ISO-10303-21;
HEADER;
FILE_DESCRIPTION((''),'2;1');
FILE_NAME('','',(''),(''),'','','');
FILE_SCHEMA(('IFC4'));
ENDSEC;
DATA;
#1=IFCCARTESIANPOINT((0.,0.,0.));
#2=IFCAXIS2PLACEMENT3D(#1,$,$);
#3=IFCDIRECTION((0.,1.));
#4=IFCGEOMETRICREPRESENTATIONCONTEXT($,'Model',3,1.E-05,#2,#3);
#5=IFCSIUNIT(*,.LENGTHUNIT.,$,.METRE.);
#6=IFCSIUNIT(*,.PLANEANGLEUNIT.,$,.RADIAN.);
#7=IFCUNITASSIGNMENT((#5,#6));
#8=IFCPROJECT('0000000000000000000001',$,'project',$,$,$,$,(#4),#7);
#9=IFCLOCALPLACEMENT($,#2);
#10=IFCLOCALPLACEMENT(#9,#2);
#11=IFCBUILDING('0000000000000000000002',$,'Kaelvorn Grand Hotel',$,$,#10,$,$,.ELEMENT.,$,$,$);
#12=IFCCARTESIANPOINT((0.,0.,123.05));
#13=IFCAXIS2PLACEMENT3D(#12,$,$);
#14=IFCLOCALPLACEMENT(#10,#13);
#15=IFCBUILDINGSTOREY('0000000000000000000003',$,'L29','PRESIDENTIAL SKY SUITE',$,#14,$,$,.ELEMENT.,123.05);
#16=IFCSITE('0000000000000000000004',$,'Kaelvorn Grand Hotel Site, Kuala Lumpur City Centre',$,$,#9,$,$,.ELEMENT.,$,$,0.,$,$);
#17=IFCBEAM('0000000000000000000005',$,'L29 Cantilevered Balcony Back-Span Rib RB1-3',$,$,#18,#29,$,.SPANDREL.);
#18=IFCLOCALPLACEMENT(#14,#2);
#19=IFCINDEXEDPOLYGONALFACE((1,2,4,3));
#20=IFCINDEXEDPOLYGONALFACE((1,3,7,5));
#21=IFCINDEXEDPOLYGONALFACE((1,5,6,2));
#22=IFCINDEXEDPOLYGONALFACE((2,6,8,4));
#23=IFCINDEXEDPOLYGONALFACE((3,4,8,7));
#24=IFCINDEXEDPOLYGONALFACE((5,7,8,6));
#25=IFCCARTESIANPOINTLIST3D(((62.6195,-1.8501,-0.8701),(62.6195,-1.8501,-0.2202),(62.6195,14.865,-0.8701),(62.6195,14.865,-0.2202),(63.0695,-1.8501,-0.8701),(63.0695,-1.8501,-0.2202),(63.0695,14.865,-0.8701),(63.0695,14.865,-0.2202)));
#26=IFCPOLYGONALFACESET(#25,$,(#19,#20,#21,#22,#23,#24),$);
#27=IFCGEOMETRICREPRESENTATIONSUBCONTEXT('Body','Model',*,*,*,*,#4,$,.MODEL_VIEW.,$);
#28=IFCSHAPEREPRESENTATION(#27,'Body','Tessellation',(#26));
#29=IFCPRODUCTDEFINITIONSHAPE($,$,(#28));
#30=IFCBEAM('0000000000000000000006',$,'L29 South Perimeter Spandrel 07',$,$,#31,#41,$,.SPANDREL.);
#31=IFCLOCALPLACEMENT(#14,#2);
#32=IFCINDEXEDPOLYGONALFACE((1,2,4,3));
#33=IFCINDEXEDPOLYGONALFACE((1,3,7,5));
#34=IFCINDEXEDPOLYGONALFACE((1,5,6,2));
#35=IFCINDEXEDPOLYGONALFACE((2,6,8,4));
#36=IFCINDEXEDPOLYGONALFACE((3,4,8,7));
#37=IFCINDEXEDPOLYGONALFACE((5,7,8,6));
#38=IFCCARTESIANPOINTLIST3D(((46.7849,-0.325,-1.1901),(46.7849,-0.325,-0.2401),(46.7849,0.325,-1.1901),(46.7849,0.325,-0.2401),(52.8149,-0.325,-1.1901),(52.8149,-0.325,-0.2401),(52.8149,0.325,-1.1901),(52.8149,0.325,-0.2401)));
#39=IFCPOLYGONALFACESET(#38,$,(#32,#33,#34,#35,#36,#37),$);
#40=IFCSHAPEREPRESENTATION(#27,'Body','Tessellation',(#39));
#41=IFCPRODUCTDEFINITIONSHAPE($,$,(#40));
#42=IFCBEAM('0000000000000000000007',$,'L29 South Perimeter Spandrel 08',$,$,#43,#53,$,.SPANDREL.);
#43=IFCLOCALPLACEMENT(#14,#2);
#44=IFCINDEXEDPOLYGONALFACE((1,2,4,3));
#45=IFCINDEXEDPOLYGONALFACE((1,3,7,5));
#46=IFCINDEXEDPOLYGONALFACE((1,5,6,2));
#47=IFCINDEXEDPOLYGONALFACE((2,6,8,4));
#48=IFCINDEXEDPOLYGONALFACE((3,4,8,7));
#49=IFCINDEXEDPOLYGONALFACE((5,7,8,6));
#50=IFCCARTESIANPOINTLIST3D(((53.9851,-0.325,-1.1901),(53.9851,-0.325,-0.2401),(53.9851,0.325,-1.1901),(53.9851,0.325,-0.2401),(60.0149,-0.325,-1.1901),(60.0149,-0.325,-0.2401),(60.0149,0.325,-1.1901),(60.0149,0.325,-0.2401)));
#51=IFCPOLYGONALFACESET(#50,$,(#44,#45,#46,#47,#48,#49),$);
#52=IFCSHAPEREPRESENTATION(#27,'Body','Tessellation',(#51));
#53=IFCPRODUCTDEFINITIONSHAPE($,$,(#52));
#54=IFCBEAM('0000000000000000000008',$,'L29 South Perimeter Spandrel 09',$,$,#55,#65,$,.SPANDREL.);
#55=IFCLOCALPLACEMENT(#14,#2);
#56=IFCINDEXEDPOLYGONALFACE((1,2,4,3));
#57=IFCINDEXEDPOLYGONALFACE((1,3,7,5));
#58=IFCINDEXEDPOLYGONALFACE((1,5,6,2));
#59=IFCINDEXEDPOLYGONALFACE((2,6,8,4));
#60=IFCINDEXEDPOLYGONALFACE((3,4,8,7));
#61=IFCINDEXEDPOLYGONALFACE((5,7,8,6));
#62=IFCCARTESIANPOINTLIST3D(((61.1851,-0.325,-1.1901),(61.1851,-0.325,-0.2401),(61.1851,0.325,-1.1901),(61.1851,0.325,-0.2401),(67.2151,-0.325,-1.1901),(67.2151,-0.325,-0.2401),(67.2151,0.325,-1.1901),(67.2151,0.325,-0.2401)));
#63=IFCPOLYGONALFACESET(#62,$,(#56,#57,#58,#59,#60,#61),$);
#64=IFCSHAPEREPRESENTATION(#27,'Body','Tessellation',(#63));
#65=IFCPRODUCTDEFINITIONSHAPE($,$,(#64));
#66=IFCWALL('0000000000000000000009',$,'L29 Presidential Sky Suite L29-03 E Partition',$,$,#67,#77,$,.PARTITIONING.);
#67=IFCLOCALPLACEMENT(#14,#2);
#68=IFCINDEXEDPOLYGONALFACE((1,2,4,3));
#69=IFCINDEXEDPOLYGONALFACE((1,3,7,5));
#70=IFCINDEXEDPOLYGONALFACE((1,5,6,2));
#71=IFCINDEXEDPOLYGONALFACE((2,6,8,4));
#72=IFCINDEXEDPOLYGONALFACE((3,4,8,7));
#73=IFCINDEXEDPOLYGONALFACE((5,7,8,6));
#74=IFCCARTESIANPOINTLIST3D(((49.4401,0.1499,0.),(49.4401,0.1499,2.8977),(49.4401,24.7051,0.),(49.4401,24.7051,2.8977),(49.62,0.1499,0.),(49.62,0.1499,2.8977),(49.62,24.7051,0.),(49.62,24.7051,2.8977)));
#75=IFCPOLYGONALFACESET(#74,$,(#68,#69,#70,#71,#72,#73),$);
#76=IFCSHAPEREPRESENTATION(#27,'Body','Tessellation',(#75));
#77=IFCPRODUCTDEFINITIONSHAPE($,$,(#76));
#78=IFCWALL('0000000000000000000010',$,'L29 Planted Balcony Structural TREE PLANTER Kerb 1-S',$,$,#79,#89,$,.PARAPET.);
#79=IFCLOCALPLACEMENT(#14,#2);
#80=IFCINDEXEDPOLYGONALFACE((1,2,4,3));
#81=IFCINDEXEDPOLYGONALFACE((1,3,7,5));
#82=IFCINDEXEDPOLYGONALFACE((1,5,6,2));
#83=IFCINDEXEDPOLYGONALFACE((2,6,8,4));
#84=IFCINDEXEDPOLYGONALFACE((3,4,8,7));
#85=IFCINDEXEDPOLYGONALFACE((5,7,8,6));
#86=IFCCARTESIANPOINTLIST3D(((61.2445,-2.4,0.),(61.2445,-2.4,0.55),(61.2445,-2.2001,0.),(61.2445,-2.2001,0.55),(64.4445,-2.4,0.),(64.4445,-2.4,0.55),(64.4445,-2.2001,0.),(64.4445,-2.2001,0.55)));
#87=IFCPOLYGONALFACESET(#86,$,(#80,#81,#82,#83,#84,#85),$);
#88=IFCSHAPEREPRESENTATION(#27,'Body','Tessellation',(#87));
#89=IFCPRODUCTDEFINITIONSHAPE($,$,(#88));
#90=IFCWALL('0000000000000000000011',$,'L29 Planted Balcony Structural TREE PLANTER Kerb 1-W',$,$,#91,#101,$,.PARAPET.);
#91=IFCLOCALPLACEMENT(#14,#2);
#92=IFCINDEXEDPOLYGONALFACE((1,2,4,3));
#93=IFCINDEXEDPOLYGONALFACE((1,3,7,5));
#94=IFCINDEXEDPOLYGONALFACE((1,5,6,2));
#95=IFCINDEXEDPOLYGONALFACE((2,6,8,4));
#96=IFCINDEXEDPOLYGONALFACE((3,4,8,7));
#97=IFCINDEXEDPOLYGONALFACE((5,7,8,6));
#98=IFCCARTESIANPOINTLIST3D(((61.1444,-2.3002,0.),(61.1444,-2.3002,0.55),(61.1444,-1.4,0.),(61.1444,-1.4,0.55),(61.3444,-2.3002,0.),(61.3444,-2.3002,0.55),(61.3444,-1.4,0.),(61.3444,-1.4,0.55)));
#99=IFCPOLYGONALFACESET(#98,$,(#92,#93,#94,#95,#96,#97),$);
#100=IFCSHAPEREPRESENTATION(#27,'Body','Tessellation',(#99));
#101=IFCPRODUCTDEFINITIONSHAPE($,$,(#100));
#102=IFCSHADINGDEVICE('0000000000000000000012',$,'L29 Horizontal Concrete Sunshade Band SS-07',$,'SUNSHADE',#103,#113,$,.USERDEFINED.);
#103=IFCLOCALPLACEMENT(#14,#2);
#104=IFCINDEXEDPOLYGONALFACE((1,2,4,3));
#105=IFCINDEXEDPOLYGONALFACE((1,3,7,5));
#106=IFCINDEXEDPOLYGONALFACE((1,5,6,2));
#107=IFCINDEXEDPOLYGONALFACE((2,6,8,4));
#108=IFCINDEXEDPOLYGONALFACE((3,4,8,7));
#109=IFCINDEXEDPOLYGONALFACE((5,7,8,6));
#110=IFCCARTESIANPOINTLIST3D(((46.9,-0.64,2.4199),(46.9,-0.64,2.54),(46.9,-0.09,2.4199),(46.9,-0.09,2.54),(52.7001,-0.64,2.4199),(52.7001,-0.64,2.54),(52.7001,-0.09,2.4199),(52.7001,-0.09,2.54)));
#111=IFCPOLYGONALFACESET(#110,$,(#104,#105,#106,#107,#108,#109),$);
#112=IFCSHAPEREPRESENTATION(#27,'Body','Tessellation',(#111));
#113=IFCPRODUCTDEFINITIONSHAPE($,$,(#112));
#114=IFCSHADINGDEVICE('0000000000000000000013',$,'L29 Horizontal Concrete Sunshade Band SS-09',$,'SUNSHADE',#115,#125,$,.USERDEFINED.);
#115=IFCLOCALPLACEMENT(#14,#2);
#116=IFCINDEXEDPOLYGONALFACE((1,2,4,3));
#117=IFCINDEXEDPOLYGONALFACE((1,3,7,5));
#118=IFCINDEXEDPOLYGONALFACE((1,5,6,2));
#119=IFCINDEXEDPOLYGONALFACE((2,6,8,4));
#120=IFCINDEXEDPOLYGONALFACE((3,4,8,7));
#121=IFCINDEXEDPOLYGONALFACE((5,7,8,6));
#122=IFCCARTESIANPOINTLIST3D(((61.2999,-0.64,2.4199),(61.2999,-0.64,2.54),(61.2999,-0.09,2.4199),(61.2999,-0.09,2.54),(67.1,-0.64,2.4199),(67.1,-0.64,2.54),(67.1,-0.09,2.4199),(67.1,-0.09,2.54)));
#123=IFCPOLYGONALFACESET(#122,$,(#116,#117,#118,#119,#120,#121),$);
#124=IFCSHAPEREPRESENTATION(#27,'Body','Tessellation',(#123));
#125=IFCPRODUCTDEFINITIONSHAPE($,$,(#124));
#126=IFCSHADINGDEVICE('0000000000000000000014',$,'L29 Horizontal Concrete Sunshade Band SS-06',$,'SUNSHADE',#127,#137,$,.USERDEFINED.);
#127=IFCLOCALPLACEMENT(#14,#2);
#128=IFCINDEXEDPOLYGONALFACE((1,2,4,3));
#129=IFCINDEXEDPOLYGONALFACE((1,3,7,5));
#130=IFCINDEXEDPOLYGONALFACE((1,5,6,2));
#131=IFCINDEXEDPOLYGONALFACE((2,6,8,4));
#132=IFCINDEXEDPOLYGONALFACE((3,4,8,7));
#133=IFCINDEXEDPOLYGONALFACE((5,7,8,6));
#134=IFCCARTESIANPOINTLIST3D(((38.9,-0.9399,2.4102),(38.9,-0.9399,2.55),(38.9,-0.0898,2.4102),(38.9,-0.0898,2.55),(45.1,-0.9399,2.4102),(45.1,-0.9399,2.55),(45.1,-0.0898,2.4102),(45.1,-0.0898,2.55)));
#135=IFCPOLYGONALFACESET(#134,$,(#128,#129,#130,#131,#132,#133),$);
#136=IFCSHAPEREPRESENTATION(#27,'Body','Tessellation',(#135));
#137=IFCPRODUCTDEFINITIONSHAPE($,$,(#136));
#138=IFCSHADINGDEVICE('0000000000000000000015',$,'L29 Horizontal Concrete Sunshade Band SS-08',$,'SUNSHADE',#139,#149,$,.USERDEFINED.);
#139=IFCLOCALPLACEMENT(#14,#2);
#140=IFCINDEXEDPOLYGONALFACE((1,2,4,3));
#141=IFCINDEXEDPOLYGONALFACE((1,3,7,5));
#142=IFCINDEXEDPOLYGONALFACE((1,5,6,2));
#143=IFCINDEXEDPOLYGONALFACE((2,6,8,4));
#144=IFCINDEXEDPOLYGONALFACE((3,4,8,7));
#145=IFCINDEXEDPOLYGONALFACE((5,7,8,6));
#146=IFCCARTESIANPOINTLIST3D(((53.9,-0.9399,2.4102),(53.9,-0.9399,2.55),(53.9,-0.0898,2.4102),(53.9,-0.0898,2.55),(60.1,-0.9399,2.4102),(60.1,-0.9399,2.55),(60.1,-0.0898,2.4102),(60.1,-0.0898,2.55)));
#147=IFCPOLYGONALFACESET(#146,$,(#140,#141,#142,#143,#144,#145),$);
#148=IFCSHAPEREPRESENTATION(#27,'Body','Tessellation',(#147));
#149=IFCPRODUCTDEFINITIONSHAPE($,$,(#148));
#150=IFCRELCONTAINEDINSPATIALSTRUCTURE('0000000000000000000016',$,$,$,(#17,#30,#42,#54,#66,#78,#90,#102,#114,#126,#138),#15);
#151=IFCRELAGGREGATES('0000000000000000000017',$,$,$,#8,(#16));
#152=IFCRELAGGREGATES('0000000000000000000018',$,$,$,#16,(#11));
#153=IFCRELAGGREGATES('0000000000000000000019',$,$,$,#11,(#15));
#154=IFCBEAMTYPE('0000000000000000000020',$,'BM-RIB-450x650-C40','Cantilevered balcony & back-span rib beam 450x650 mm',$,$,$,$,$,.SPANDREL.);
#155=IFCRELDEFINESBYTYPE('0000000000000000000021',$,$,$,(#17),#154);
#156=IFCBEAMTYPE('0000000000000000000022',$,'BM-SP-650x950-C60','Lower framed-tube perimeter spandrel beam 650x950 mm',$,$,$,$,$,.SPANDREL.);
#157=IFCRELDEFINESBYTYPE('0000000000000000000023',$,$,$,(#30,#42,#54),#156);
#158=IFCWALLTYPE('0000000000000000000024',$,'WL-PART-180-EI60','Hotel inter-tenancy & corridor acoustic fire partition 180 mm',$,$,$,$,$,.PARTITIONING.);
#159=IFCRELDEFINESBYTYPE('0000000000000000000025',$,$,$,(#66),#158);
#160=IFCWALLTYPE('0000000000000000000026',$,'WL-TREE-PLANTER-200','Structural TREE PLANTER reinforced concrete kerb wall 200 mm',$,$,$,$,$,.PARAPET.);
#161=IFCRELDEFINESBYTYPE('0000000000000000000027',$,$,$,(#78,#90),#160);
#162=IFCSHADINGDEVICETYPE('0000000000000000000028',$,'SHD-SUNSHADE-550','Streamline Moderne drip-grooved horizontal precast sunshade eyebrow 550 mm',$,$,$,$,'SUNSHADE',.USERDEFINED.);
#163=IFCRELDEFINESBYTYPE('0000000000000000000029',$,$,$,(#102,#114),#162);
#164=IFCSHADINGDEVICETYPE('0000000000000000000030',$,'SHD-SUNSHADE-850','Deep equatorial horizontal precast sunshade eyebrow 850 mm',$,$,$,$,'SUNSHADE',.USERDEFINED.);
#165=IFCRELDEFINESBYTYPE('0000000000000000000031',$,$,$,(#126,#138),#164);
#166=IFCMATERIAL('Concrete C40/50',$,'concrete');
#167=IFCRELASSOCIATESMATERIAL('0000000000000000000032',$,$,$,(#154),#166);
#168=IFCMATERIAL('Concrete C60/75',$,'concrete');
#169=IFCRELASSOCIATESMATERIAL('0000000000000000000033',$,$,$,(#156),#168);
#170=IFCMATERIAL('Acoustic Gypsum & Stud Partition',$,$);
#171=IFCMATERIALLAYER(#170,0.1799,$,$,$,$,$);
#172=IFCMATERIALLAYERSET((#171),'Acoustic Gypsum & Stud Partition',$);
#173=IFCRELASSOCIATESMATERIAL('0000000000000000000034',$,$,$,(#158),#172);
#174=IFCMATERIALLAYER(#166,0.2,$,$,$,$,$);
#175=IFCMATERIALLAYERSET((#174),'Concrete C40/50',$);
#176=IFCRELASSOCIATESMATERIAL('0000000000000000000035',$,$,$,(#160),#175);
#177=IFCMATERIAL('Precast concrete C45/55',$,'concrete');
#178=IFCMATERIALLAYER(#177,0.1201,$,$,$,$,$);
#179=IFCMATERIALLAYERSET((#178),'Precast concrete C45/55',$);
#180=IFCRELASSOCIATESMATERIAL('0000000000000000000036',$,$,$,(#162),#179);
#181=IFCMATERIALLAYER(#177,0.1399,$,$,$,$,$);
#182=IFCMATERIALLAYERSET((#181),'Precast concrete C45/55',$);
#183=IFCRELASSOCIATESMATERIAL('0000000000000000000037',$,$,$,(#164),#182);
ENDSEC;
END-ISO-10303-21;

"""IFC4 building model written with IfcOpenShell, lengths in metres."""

from ifc_helpers import new_model, si_unit, direction, frame, frame_2d, origin, origin_2d, place, context, subcontext, project, spatial, rectangle, extrude, material, layer, layer_set, material_profile, profile_set, type_object, element, save


model = new_model("IFC4")

# Units and contexts
model_context = context("Model", 3, precision=1e-05, world=origin(), true_north=direction((0.0, 1.0)))
body_context = subcontext(model_context, "Body", "Model", "MODEL_VIEW")
ifc_project = project(units=[si_unit("LENGTHUNIT", "METRE"), si_unit("PLANEANGLEUNIT", "RADIAN")], contexts=[model_context])

# Site, building, storey
site_placement = place(None, origin())
site = spatial("IfcSite", under=ifc_project, at=site_placement, Name="Kaelvorn Grand Hotel Site, Kuala Lumpur City Centre", CompositionType="ELEMENT", RefElevation=0.0)
building_placement = place(site_placement, origin())
building = spatial("IfcBuilding", under=site, at=building_placement, Name="Kaelvorn Grand Hotel", CompositionType="ELEMENT")
storey_placement = place(building_placement, frame((0.0, 0.0, 123.05)))
storey = spatial("IfcBuildingStorey", under=building, at=storey_placement, Name="L29", Description="PRESIDENTIAL SKY SUITE", CompositionType="ELEMENT", Elevation=123.05)

# Shared definitions
ifc_material_1 = material(Name="Concrete C60/75", Category="concrete")

# Beams
ifc_material_2 = material(Name="Concrete C40/50", Category="concrete")
ifc_material_profile_1 = material_profile(ifc_material_2, rectangle(XDim=0.45, YDim=0.6499, at=origin_2d()), Name="RC RIB 450x650")
ifc_profile_set_1 = profile_set([ifc_material_profile_1], Name="Concrete C40/50")
beam_type_1 = type_object("IfcBeamType", Name="BM-RIB-450x650-C40", Description="Cantilevered balcony & back-span rib beam 450x650 mm", PredefinedType="SPANDREL", material=ifc_profile_set_1)
beam_1_placement = place(storey_placement, frame((62.8445, -1.8501, -0.5452), z_axis=(0.0, 1.0, 0.0), x_axis=(-1.0, 0.0, 0.0)))
element("IfcBeam", 1, at=beam_1_placement, inside=storey, type_object=beam_type_1, Name="L29 Cantilevered Balcony Back-Span Rib RB1-3", PredefinedType="SPANDREL", context=body_context, shape_type="SweptSolid", body=[
    extrude(rectangle(XDim=0.45, YDim=0.6499, at=origin_2d()), origin(), (0.0, 0.0, 1.0), 16.7151),
])
ifc_material_profile_2 = material_profile(ifc_material_1, rectangle(XDim=0.6499, YDim=0.95, at=origin_2d()), Name="RC SPANDREL 650x950")
ifc_profile_set_2 = profile_set([ifc_material_profile_2], Name="Concrete C60/75")
beam_type_2 = type_object("IfcBeamType", Name="BM-SP-650x950-C60", Description="Lower framed-tube perimeter spandrel beam 650x950 mm", PredefinedType="SPANDREL", material=ifc_profile_set_2)
beam_2_placement = place(storey_placement, frame((46.7849, 0.0, -0.7151), z_axis=(1.0, 0.0, 0.0), x_axis=(0.0, 1.0, 0.0)))
element("IfcBeam", 2, at=beam_2_placement, inside=storey, type_object=beam_type_2, Name="L29 South Perimeter Spandrel 07", PredefinedType="SPANDREL", context=body_context, shape_type="SweptSolid", body=[
    extrude(rectangle(XDim=0.6499, YDim=0.95, at=origin_2d()), origin(), (0.0, 0.0, 1.0), 6.03),
])
beam_3_placement = place(storey_placement, frame((53.9851, 0.0, -0.7151), z_axis=(1.0, 0.0, 0.0), x_axis=(0.0, 1.0, 0.0)))
element("IfcBeam", 3, at=beam_3_placement, inside=storey, type_object=beam_type_2, Name="L29 South Perimeter Spandrel 08", PredefinedType="SPANDREL", context=body_context, shape_type="SweptSolid", body=[
    extrude(rectangle(XDim=0.6499, YDim=0.95, at=origin_2d()), origin(), (0.0, 0.0, 1.0), 6.0298),
])
beam_4_placement = place(storey_placement, frame((61.1851, 0.0, -0.7151), z_axis=(1.0, 0.0, 0.0), x_axis=(0.0, 1.0, 0.0)))
element("IfcBeam", 4, at=beam_4_placement, inside=storey, type_object=beam_type_2, Name="L29 South Perimeter Spandrel 09", PredefinedType="SPANDREL", context=body_context, shape_type="SweptSolid", body=[
    extrude(rectangle(XDim=0.6499, YDim=0.95, at=origin_2d()), origin(), (0.0, 0.0, 1.0), 6.03),
])

# Walls
ifc_material_3 = material(Name="Acoustic Gypsum & Stud Partition")
ifc_layer_1 = layer(ifc_material_3, 0.1799)
ifc_layer_set_1 = layer_set([ifc_layer_1], Name="Acoustic Gypsum & Stud Partition")
wall_type_1 = type_object("IfcWallType", Name="WL-PART-180-EI60", Description="Hotel inter-tenancy & corridor acoustic fire partition 180 mm", PredefinedType="PARTITIONING", material=ifc_layer_set_1)
wall_1_placement = place(storey_placement, frame((49.53, 0.1499, 0.0), z_axis=(0.0, 0.0, 1.0), x_axis=(0.0, 1.0, 0.0)))
element("IfcWall", 5, at=wall_1_placement, inside=storey, type_object=wall_type_1, Name="L29 Presidential Sky Suite L29-03 E Partition", PredefinedType="PARTITIONING", context=body_context, shape_type="SweptSolid", body=[
    extrude(rectangle(XDim=24.5552, YDim=0.1799, at=frame_2d((12.2776, 0.0))), origin(), (0.0, 0.0, 1.0), 2.8977),
])
ifc_layer_2 = layer(ifc_material_2, 0.2)
ifc_layer_set_2 = layer_set([ifc_layer_2], Name="Concrete C40/50")
wall_type_2 = type_object("IfcWallType", Name="WL-TREE-PLANTER-200", Description="Structural TREE PLANTER reinforced concrete kerb wall 200 mm", PredefinedType="PARAPET", material=ifc_layer_set_2)
wall_2_placement = place(storey_placement, frame((61.2444, -2.3, 0.0), z_axis=(0.0, 0.0, 1.0), x_axis=(1.0, 0.0, 0.0)))
element("IfcWall", 6, at=wall_2_placement, inside=storey, type_object=wall_type_2, Name="L29 Planted Balcony Structural TREE PLANTER Kerb 1-S", PredefinedType="PARAPET", context=body_context, shape_type="SweptSolid", body=[
    extrude(rectangle(XDim=3.2, YDim=0.2, at=frame_2d((1.6001, 0.0))), origin(), (0.0, 0.0, 1.0), 0.55),
])
wall_3_placement = place(storey_placement, frame((61.2444, -1.3999, 0.0), z_axis=(0.0, 0.0, 1.0), x_axis=(0.0, -1.0, 0.0)))
element("IfcWall", 7, at=wall_3_placement, inside=storey, type_object=wall_type_2, Name="L29 Planted Balcony Structural TREE PLANTER Kerb 1-W", PredefinedType="PARAPET", context=body_context, shape_type="SweptSolid", body=[
    extrude(rectangle(XDim=0.9001, YDim=0.2, at=frame_2d((0.4502, 0.0))), origin(), (0.0, 0.0, 1.0), 0.55),
])

# Shading devices
ifc_material_4 = material(Name="Precast concrete C45/55", Category="concrete")
ifc_layer_3 = layer(ifc_material_4, 0.1201)
ifc_layer_set_3 = layer_set([ifc_layer_3], Name="Precast concrete C45/55")
shading_device_type_1 = type_object("IfcShadingDeviceType", Name="SHD-SUNSHADE-550", Description="Streamline Moderne drip-grooved horizontal precast sunshade eyebrow 550 mm", ElementType="SUNSHADE", PredefinedType="USERDEFINED", material=ifc_layer_set_3)
for number, where, z_axis, x_axis, name in (
    (8, (49.8, -0.365, 2.4199), (0.0, 0.0, 1.0), (1.0, 0.0, 0.0), "L29 Horizontal Concrete Sunshade Band SS-07"),
    (9, (64.2, -0.365, 2.4199), (0.0, 0.0, 1.0), (1.0, 0.0, 0.0), "L29 Horizontal Concrete Sunshade Band SS-09"),
):
    element("IfcShadingDevice", number, at=place(storey_placement, frame(where, z_axis=z_axis, x_axis=x_axis)), inside=storey, type_object=shading_device_type_1, Name=name, ObjectType="SUNSHADE", PredefinedType="USERDEFINED", context=body_context, shape_type="SweptSolid", body=[
        extrude(rectangle(XDim=5.8, YDim=0.55, at=origin_2d()), origin(), (0.0, 0.0, 1.0), 0.1201),
    ])
ifc_layer_4 = layer(ifc_material_4, 0.1399)
ifc_layer_set_4 = layer_set([ifc_layer_4], Name="Precast concrete C45/55")
shading_device_type_2 = type_object("IfcShadingDeviceType", Name="SHD-SUNSHADE-850", Description="Deep equatorial horizontal precast sunshade eyebrow 850 mm", ElementType="SUNSHADE", PredefinedType="USERDEFINED", material=ifc_layer_set_4)
for number, where, z_axis, x_axis, name in (
    (10, (42.0, -0.5149, 2.4102), (0.0, 0.0, 1.0), (1.0, 0.0, 0.0), "L29 Horizontal Concrete Sunshade Band SS-06"),
    (11, (57.0, -0.5149, 2.4102), (0.0, 0.0, 1.0), (1.0, 0.0, 0.0), "L29 Horizontal Concrete Sunshade Band SS-08"),
):
    element("IfcShadingDevice", number, at=place(storey_placement, frame(where, z_axis=z_axis, x_axis=x_axis)), inside=storey, type_object=shading_device_type_2, Name=name, ObjectType="SUNSHADE", PredefinedType="USERDEFINED", context=body_context, shape_type="SweptSolid", body=[
        extrude(rectangle(XDim=6.2, YDim=0.8501, at=origin_2d()), origin(), (0.0, 0.0, 1.0), 0.1399),
    ])

save(model, "model.ifc")
